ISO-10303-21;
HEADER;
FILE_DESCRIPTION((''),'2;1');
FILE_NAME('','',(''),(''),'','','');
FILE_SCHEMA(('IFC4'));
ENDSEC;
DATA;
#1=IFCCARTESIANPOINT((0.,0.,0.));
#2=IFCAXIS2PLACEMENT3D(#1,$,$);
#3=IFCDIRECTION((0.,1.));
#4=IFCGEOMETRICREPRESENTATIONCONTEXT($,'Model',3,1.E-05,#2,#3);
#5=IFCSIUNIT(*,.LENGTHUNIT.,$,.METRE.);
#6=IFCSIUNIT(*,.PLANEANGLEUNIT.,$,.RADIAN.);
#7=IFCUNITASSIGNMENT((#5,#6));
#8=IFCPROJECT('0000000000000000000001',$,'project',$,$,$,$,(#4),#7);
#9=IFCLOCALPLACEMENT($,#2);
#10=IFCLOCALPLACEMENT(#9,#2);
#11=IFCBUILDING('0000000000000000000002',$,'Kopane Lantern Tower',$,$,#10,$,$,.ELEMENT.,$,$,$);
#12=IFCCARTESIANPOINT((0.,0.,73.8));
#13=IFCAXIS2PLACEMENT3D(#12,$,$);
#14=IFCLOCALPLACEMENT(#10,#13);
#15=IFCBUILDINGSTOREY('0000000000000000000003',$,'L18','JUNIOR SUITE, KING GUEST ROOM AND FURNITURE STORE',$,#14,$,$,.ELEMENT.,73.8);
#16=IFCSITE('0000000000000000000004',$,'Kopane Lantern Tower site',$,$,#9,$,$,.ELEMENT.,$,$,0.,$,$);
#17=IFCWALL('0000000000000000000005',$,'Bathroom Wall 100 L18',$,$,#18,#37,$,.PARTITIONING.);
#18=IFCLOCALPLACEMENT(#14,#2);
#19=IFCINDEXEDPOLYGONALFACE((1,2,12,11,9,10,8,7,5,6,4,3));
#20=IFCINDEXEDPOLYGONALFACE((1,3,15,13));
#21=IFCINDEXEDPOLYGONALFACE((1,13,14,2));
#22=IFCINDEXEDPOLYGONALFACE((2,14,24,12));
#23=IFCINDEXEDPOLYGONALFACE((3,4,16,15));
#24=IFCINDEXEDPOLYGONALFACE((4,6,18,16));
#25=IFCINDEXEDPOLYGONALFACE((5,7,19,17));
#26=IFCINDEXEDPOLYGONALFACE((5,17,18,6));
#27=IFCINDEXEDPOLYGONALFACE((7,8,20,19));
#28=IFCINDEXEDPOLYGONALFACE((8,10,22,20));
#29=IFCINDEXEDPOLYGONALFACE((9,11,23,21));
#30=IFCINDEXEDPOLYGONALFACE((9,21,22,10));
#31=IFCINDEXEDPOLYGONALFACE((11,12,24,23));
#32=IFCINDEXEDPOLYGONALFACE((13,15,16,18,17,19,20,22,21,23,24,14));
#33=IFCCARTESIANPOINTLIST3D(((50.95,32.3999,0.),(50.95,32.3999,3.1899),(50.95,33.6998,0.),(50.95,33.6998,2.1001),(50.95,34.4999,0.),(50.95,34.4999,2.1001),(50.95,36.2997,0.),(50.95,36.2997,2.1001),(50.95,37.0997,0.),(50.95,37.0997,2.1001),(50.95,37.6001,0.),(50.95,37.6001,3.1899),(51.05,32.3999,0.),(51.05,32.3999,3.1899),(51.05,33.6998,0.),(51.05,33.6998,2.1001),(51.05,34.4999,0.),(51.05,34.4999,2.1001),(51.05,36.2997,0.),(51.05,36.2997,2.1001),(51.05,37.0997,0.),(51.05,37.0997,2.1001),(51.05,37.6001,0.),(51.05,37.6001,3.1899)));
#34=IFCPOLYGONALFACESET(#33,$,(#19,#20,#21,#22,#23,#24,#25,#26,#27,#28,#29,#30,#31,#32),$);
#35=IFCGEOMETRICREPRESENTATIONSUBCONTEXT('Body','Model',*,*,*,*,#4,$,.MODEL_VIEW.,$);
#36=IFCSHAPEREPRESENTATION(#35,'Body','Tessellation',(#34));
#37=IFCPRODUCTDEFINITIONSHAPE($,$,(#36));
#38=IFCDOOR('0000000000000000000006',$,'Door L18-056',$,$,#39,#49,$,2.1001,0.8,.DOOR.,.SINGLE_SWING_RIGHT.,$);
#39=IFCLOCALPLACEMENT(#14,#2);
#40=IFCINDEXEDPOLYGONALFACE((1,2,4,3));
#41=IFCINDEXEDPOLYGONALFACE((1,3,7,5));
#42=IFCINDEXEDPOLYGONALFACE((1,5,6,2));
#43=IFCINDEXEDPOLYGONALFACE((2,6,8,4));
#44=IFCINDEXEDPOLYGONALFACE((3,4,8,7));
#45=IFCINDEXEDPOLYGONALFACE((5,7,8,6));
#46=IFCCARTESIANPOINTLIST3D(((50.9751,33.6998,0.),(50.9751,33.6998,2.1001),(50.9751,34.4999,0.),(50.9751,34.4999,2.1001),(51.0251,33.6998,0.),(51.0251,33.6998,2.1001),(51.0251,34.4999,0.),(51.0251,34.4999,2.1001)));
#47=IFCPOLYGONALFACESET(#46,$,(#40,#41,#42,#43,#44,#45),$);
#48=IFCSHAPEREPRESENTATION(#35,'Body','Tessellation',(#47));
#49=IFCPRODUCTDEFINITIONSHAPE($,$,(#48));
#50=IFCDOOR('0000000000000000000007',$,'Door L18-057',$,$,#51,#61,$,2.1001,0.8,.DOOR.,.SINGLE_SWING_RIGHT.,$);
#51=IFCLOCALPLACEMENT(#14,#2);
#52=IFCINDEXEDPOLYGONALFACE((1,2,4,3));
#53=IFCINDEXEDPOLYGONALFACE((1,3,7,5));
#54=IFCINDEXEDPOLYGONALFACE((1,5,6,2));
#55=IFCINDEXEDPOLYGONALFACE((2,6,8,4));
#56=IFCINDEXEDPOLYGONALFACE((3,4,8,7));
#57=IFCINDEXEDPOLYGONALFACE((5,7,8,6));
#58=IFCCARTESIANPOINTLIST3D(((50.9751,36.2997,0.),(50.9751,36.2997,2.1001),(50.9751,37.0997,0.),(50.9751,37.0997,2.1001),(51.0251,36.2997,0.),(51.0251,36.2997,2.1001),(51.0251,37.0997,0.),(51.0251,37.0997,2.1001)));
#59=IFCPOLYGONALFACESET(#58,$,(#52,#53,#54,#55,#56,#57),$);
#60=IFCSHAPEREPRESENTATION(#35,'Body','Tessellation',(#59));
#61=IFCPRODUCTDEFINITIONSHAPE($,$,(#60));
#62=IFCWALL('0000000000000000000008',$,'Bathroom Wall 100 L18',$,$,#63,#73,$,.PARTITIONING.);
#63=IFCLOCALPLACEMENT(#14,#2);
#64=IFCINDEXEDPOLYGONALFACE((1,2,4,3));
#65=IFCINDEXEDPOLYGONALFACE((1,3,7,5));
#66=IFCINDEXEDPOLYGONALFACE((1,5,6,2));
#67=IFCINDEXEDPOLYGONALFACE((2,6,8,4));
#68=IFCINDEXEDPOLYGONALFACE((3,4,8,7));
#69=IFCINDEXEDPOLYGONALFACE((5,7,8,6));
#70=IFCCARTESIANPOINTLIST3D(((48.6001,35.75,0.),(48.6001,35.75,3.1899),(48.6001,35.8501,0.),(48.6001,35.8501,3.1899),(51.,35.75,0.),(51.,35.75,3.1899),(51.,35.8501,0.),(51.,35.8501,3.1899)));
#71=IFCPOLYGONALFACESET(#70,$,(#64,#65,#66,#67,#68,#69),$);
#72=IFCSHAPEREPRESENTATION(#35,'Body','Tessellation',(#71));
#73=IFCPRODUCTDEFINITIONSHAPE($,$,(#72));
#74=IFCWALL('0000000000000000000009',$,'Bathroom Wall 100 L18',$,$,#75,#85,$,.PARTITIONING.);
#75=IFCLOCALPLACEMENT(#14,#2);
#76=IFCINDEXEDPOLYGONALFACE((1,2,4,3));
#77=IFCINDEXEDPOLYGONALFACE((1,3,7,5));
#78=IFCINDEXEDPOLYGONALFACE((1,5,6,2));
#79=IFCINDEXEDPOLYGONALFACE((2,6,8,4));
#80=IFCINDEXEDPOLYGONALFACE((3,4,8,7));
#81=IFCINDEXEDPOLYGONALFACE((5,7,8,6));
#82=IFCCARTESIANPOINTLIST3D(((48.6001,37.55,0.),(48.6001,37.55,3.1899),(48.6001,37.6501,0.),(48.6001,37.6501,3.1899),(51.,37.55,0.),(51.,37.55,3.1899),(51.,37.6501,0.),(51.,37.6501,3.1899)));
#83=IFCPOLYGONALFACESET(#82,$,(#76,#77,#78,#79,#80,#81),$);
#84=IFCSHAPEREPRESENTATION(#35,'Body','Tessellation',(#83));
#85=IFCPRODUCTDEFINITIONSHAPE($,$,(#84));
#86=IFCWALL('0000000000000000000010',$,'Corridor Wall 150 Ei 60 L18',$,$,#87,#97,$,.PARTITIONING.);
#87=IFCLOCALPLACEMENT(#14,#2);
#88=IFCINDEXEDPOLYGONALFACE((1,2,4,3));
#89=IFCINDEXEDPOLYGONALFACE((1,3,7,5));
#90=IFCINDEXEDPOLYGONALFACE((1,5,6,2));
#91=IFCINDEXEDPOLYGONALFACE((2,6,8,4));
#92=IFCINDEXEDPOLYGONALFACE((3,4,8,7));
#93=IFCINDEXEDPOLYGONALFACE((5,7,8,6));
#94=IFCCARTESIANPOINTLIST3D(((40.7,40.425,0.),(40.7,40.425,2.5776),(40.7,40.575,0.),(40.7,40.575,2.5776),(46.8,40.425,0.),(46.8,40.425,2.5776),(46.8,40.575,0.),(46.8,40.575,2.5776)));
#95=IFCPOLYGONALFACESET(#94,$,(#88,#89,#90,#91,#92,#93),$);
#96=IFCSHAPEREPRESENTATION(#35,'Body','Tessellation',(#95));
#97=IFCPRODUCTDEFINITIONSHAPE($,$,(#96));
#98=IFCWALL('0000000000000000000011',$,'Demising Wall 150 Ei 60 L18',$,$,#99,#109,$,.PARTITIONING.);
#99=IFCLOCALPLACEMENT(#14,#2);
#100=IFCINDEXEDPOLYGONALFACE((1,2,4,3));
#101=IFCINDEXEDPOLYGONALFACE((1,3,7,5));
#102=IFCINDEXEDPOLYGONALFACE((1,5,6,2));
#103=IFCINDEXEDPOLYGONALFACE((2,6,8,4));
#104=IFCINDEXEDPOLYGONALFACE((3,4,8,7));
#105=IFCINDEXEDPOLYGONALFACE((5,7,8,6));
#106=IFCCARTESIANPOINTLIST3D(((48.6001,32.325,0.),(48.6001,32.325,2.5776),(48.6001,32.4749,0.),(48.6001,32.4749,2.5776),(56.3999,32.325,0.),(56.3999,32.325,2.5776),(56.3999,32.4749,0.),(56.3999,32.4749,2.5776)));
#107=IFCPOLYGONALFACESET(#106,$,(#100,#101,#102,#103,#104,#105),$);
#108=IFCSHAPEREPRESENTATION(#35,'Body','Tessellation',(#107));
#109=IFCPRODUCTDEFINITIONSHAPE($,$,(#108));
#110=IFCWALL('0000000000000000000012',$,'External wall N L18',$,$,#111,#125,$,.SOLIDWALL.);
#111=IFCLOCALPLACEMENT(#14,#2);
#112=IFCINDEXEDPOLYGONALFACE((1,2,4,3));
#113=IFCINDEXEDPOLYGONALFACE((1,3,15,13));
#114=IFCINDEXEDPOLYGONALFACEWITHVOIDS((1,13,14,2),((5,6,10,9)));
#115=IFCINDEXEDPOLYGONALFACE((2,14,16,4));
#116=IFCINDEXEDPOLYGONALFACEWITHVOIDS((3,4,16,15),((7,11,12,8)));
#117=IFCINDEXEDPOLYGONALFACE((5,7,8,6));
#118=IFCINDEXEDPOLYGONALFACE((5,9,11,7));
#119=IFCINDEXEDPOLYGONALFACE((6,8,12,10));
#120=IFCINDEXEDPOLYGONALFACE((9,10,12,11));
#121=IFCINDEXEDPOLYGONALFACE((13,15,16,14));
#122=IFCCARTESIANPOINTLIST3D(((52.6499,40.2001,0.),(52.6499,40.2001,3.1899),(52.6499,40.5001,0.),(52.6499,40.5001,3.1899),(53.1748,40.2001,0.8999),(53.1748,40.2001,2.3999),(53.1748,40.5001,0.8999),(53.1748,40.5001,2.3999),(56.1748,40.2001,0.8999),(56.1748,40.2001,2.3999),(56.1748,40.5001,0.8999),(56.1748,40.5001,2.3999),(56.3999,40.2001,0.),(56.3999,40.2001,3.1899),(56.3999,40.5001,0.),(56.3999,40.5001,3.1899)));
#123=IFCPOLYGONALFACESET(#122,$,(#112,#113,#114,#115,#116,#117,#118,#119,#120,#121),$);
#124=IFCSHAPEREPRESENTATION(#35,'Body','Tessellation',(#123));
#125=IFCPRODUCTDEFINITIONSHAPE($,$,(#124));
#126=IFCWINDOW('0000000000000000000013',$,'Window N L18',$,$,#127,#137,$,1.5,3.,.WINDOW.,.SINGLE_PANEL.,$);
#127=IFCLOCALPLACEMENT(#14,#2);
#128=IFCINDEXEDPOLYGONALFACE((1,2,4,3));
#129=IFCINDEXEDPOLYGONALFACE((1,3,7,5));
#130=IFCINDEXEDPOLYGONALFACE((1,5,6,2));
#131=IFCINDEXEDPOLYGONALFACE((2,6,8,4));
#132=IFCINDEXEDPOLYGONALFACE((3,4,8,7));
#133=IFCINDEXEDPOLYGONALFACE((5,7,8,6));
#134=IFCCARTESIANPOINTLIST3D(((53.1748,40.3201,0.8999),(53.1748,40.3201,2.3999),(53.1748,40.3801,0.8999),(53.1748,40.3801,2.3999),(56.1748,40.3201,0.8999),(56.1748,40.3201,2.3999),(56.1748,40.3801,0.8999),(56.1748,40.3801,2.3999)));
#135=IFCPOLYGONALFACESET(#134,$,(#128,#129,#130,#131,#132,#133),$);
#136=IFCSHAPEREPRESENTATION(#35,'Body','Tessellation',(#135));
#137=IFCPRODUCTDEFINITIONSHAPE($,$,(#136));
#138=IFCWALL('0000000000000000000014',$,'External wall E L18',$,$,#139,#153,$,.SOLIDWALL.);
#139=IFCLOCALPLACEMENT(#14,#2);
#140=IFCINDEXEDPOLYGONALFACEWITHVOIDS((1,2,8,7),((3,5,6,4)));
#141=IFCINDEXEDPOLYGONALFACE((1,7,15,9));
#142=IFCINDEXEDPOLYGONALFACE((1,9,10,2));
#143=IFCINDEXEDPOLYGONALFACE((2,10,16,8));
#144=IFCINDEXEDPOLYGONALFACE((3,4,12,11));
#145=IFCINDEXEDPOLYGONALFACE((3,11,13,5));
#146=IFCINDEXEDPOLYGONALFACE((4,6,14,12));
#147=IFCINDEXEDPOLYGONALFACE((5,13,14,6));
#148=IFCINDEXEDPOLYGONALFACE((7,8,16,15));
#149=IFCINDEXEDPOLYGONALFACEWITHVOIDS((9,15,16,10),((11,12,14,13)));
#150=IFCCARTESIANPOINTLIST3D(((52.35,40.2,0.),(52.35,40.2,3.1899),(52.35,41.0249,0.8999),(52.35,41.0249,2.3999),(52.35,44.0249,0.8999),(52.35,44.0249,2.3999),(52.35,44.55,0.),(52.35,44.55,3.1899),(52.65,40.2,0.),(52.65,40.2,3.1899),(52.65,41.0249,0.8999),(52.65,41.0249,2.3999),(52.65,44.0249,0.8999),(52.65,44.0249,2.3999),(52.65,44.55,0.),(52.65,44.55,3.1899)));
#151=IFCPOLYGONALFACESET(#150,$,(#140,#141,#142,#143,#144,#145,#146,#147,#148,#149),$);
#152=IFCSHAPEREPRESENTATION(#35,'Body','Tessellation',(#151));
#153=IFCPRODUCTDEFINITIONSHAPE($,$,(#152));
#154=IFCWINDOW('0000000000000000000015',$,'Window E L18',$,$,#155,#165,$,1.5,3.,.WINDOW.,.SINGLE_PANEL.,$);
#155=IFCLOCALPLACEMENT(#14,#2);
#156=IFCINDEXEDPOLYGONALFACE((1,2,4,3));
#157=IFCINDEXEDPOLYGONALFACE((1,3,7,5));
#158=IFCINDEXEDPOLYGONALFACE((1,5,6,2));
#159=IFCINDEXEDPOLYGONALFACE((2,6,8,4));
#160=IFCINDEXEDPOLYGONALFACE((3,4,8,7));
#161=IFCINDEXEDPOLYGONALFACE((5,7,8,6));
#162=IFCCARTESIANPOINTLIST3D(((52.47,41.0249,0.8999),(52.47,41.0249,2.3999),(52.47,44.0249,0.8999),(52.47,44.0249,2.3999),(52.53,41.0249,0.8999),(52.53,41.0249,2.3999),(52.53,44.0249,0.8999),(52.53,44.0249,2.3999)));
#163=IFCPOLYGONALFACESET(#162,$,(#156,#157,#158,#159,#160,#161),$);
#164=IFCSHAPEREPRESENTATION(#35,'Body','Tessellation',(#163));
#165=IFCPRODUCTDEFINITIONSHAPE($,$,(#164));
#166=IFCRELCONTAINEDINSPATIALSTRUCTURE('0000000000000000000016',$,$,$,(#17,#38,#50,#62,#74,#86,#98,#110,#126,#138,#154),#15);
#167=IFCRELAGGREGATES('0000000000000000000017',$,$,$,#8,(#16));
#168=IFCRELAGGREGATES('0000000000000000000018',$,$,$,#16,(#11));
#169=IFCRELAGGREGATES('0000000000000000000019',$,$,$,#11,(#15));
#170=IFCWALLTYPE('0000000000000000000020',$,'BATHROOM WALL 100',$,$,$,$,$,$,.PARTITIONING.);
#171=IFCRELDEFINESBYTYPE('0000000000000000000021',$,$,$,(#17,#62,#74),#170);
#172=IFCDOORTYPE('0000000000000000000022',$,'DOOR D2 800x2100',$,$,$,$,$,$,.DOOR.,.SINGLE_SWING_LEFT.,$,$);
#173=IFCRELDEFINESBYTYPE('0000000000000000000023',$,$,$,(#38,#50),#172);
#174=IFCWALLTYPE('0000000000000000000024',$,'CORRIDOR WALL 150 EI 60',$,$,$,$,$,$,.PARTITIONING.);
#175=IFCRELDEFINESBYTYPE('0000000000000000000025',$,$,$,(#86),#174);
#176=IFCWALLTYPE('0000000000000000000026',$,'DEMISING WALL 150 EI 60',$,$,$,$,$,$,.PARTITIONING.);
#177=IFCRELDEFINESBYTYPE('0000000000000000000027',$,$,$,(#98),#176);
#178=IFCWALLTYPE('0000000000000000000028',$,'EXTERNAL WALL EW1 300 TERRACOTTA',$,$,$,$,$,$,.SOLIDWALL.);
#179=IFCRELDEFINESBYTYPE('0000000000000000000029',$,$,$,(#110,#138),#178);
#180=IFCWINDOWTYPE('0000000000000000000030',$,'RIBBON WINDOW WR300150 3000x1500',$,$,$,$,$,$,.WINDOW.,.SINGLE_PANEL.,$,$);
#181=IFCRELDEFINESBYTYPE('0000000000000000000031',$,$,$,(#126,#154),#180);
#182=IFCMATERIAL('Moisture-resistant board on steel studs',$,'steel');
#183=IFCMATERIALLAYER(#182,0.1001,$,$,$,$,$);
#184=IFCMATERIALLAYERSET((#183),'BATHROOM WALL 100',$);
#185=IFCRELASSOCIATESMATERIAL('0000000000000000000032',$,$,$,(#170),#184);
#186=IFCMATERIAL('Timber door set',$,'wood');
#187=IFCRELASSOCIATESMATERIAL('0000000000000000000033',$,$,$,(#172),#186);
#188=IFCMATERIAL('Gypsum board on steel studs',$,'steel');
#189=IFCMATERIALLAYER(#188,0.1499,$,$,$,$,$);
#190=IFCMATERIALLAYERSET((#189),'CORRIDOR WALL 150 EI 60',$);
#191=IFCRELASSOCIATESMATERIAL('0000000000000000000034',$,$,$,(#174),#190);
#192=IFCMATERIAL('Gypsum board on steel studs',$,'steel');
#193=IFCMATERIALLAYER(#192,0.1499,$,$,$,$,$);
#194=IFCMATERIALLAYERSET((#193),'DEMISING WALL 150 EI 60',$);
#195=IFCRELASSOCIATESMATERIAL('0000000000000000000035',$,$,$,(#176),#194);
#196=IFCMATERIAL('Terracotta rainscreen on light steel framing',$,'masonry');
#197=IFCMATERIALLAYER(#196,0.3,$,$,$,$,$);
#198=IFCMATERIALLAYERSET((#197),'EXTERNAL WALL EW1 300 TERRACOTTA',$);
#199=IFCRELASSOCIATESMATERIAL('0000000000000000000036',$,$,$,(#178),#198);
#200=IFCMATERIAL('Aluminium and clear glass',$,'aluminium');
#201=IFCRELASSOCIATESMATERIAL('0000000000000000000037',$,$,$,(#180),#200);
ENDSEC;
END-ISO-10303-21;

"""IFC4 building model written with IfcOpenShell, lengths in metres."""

from ifc_helpers import new_model, si_unit, direction, frame, frame_2d, origin, place, context, subcontext, project, spatial, rectangle, extrude, material, layer, layer_set, type_object, element, fill, save


model = new_model("IFC4")

# Units and contexts
model_context = context("Model", 3, precision=1e-05, world=origin(), true_north=direction((0.0, 1.0)))
body_context = subcontext(model_context, "Body", "Model", "MODEL_VIEW")
ifc_project = project(units=[si_unit("LENGTHUNIT", "METRE"), si_unit("PLANEANGLEUNIT", "RADIAN")], contexts=[model_context])

# Site, building, storey
site_placement = place(None, origin())
site = spatial("IfcSite", under=ifc_project, at=site_placement, Name="Kopane Lantern Tower site", CompositionType="ELEMENT", RefElevation=0.0)
building_placement = place(site_placement, origin())
building = spatial("IfcBuilding", under=site, at=building_placement, Name="Kopane Lantern Tower", CompositionType="ELEMENT")
storey_placement = place(building_placement, frame((0.0, 0.0, 73.8)))
storey = spatial("IfcBuildingStorey", under=building, at=storey_placement, Name="L18", Description="JUNIOR SUITE, KING GUEST ROOM AND FURNITURE STORE", CompositionType="ELEMENT", Elevation=73.8)

# Shared definitions
ifc_material_1 = material(Name="Moisture-resistant board on steel studs", Category="steel")
ifc_layer_1 = layer(ifc_material_1, 0.1001)
ifc_layer_set_1 = layer_set([ifc_layer_1], Name="BATHROOM WALL 100")
wall_type_1 = type_object("IfcWallType", Name="BATHROOM WALL 100", PredefinedType="PARTITIONING", material=ifc_layer_set_1)

# Wall, openings, doors
wall_1_placement = place(storey_placement, frame((51.0, 32.3999, 0.0), z_axis=(0.0, 0.0, 1.0), x_axis=(0.0, 1.0, 0.0)))
wall_1 = element("IfcWall", 1, at=wall_1_placement, inside=storey, type_object=wall_type_1, Name="Bathroom Wall 100 L18", PredefinedType="PARTITIONING", context=body_context, shape_type="SweptSolid", body=[
    extrude(rectangle(XDim=5.2002, YDim=0.1001, at=frame_2d((2.6001, 0.0))), origin(), (0.0, 0.0, 1.0), 3.1899),
])
opening_1_placement = place(wall_1_placement, frame((1.3, 0.0, 0.0)))
opening_1 = element("IfcOpeningElement", 2, at=opening_1_placement, cuts=wall_1, PredefinedType="OPENING", context=body_context, shape_type="SweptSolid", body=[
    extrude(rectangle(XDim=0.8, YDim=2.1001, at=frame_2d((0.3999, 1.05))), frame((0.0, 0.0601, 0.0), z_axis=(0.0, -1.0, 0.0), x_axis=(1.0, 0.0, 0.0)), (0.0, 0.0, 1.0), 0.1201),
])
opening_2_placement = place(wall_1_placement, frame((3.8999, 0.0, 0.0)))
opening_2 = element("IfcOpeningElement", 3, at=opening_2_placement, cuts=wall_1, PredefinedType="OPENING", context=body_context, shape_type="SweptSolid", body=[
    extrude(rectangle(XDim=0.8, YDim=2.1001, at=frame_2d((0.3999, 1.05))), frame((0.0, 0.0601, 0.0), z_axis=(0.0, -1.0, 0.0), x_axis=(1.0, 0.0, 0.0)), (0.0, 0.0, 1.0), 0.1201),
])
ifc_material_2 = material(Name="Timber door set", Category="wood")
door_type = type_object("IfcDoorType", Name="DOOR D2 800x2100", OperationType="SINGLE_SWING_LEFT", PredefinedType="DOOR", material=ifc_material_2)
door_1_placement = place(opening_1_placement, origin())
door_1 = element("IfcDoor", 4, at=door_1_placement, inside=storey, type_object=door_type, Name="Door L18-056", OperationType="SINGLE_SWING_RIGHT", OverallHeight=2.1001, OverallWidth=0.8, PredefinedType="DOOR", context=body_context, shape_type="SweptSolid", body=[
    extrude(rectangle(XDim=0.8, YDim=2.1001, at=frame_2d((0.3999, 1.05))), frame((0.0, 0.0249, 0.0), z_axis=(0.0, -1.0, 0.0), x_axis=(1.0, 0.0, 0.0)), (0.0, 0.0, 1.0), 0.05),
])
fill(opening_1, door_1)
door_2_placement = place(opening_2_placement, origin())
door_2 = element("IfcDoor", 5, at=door_2_placement, inside=storey, type_object=door_type, Name="Door L18-057", OperationType="SINGLE_SWING_RIGHT", OverallHeight=2.1001, OverallWidth=0.8, PredefinedType="DOOR", context=body_context, shape_type="SweptSolid", body=[
    extrude(rectangle(XDim=0.8, YDim=2.1001, at=frame_2d((0.3999, 1.05))), frame((0.0, 0.0249, 0.0), z_axis=(0.0, -1.0, 0.0), x_axis=(1.0, 0.0, 0.0)), (0.0, 0.0, 1.0), 0.05),
])
fill(opening_2, door_2)

# Walls
for number, where, z_axis, x_axis, name in (
    (6, (48.6001, 35.8, 0.0), (0.0, 0.0, 1.0), (1.0, 0.0, 0.0), "Bathroom Wall 100 L18"),
    (7, (48.6001, 37.6001, 0.0), (0.0, 0.0, 1.0), (1.0, 0.0, 0.0), "Bathroom Wall 100 L18"),
):
    element("IfcWall", number, at=place(storey_placement, frame(where, z_axis=z_axis, x_axis=x_axis)), inside=storey, type_object=wall_type_1, Name=name, PredefinedType="PARTITIONING", context=body_context, shape_type="SweptSolid", body=[
        extrude(rectangle(XDim=2.3999, YDim=0.1001, at=frame_2d((1.2, 0.0))), origin(), (0.0, 0.0, 1.0), 3.1899),
    ])
ifc_material_3 = material(Name="Gypsum board on steel studs", Category="steel")
ifc_layer_2 = layer(ifc_material_3, 0.1499)
ifc_layer_set_2 = layer_set([ifc_layer_2], Name="CORRIDOR WALL 150 EI 60")
wall_type_2 = type_object("IfcWallType", Name="CORRIDOR WALL 150 EI 60", PredefinedType="PARTITIONING", material=ifc_layer_set_2)
wall_2_placement = place(storey_placement, frame((46.8, 40.5, 0.0), z_axis=(0.0, 0.0, 1.0), x_axis=(-1.0, 0.0, 0.0)))
element("IfcWall", 8, at=wall_2_placement, inside=storey, type_object=wall_type_2, Name="Corridor Wall 150 Ei 60 L18", PredefinedType="PARTITIONING", context=body_context, shape_type="SweptSolid", body=[
    extrude(rectangle(XDim=6.1001, YDim=0.1499, at=frame_2d((3.05, 0.0))), origin(), (0.0, 0.0, 1.0), 2.5776),
])
ifc_material_4 = material(Name="Gypsum board on steel studs", Category="steel")
ifc_layer_3 = layer(ifc_material_4, 0.1499)
ifc_layer_set_3 = layer_set([ifc_layer_3], Name="DEMISING WALL 150 EI 60")
wall_type_3 = type_object("IfcWallType", Name="DEMISING WALL 150 EI 60", PredefinedType="PARTITIONING", material=ifc_layer_set_3)
wall_3_placement = place(storey_placement, frame((48.6001, 32.3999, 0.0), z_axis=(0.0, 0.0, 1.0), x_axis=(1.0, 0.0, 0.0)))
element("IfcWall", 9, at=wall_3_placement, inside=storey, type_object=wall_type_3, Name="Demising Wall 150 Ei 60 L18", PredefinedType="PARTITIONING", context=body_context, shape_type="SweptSolid", body=[
    extrude(rectangle(XDim=7.7998, YDim=0.1499, at=frame_2d((3.8999, 0.0))), origin(), (0.0, 0.0, 1.0), 2.5776),
])

# Walls, openings, windows
ifc_material_5 = material(Name="Terracotta rainscreen on light steel framing", Category="masonry")
ifc_layer_4 = layer(ifc_material_5, 0.3)
ifc_layer_set_4 = layer_set([ifc_layer_4], Name="EXTERNAL WALL EW1 300 TERRACOTTA")
wall_type_4 = type_object("IfcWallType", Name="EXTERNAL WALL EW1 300 TERRACOTTA", PredefinedType="SOLIDWALL", material=ifc_layer_set_4)
wall_4_placement = place(storey_placement, frame((56.3999, 40.3501, 0.0), z_axis=(0.0, 0.0, 1.0), x_axis=(-1.0, 0.0, 0.0)))
wall_4 = element("IfcWall", 10, at=wall_4_placement, inside=storey, type_object=wall_type_4, Name="External wall N L18", PredefinedType="SOLIDWALL", context=body_context, shape_type="SweptSolid", body=[
    extrude(rectangle(XDim=3.75, YDim=0.3, at=frame_2d((1.875, 0.0))), origin(), (0.0, 0.0, 1.0), 3.1899),
])
opening_3_placement = place(wall_4_placement, frame((0.2251, 0.0, 0.8999)))
opening_3 = element("IfcOpeningElement", 11, at=opening_3_placement, cuts=wall_4, PredefinedType="OPENING", context=body_context, shape_type="SweptSolid", body=[
    extrude(rectangle(XDim=3.0, YDim=1.5, at=frame_2d((1.5, 0.75))), frame((0.0, 0.1599, 0.0), z_axis=(0.0, -1.0, 0.0), x_axis=(1.0, 0.0, 0.0)), (0.0, 0.0, 1.0), 0.3201),
])
ifc_material_6 = material(Name="Aluminium and clear glass", Category="aluminium")
window_type = type_object("IfcWindowType", Name="RIBBON WINDOW WR300150 3000x1500", PartitioningType="SINGLE_PANEL", PredefinedType="WINDOW", material=ifc_material_6)
window_1_placement = place(opening_3_placement, origin())
window_1 = element("IfcWindow", 12, at=window_1_placement, inside=storey, type_object=window_type, Name="Window N L18", OverallHeight=1.5, OverallWidth=3.0, PartitioningType="SINGLE_PANEL", PredefinedType="WINDOW", context=body_context, shape_type="SweptSolid", body=[
    extrude(rectangle(XDim=3.0, YDim=1.5, at=frame_2d((1.5, 0.75))), frame((0.0, 0.03, 0.0), z_axis=(0.0, -1.0, 0.0), x_axis=(1.0, 0.0, 0.0)), (0.0, 0.0, 1.0), 0.0601),
])
fill(opening_3, window_1)
wall_5_placement = place(storey_placement, frame((52.5, 40.2, 0.0), z_axis=(0.0, 0.0, 1.0), x_axis=(0.0, 1.0, 0.0)))
wall_5 = element("IfcWall", 13, at=wall_5_placement, inside=storey, type_object=wall_type_4, Name="External wall E L18", PredefinedType="SOLIDWALL", context=body_context, shape_type="SweptSolid", body=[
    extrude(rectangle(XDim=4.3501, YDim=0.3, at=frame_2d((2.175, 0.0))), origin(), (0.0, 0.0, 1.0), 3.1899),
])
opening_4_placement = place(wall_5_placement, frame((0.825, 0.0, 0.8999)))
opening_4 = element("IfcOpeningElement", 14, at=opening_4_placement, cuts=wall_5, PredefinedType="OPENING", context=body_context, shape_type="SweptSolid", body=[
    extrude(rectangle(XDim=3.0, YDim=1.5, at=frame_2d((1.5, 0.75))), frame((0.0, 0.1599, 0.0), z_axis=(0.0, -1.0, 0.0), x_axis=(1.0, 0.0, 0.0)), (0.0, 0.0, 1.0), 0.3201),
])
window_2_placement = place(opening_4_placement, origin())
window_2 = element("IfcWindow", 15, at=window_2_placement, inside=storey, type_object=window_type, Name="Window E L18", OverallHeight=1.5, OverallWidth=3.0, PartitioningType="SINGLE_PANEL", PredefinedType="WINDOW", context=body_context, shape_type="SweptSolid", body=[
    extrude(rectangle(XDim=3.0, YDim=1.5, at=frame_2d((1.5, 0.75))), frame((0.0, 0.03, 0.0), z_axis=(0.0, -1.0, 0.0), x_axis=(1.0, 0.0, 0.0)), (0.0, 0.0, 1.0), 0.0601),
])
fill(opening_4, window_2)

save(model, "model.ifc")
